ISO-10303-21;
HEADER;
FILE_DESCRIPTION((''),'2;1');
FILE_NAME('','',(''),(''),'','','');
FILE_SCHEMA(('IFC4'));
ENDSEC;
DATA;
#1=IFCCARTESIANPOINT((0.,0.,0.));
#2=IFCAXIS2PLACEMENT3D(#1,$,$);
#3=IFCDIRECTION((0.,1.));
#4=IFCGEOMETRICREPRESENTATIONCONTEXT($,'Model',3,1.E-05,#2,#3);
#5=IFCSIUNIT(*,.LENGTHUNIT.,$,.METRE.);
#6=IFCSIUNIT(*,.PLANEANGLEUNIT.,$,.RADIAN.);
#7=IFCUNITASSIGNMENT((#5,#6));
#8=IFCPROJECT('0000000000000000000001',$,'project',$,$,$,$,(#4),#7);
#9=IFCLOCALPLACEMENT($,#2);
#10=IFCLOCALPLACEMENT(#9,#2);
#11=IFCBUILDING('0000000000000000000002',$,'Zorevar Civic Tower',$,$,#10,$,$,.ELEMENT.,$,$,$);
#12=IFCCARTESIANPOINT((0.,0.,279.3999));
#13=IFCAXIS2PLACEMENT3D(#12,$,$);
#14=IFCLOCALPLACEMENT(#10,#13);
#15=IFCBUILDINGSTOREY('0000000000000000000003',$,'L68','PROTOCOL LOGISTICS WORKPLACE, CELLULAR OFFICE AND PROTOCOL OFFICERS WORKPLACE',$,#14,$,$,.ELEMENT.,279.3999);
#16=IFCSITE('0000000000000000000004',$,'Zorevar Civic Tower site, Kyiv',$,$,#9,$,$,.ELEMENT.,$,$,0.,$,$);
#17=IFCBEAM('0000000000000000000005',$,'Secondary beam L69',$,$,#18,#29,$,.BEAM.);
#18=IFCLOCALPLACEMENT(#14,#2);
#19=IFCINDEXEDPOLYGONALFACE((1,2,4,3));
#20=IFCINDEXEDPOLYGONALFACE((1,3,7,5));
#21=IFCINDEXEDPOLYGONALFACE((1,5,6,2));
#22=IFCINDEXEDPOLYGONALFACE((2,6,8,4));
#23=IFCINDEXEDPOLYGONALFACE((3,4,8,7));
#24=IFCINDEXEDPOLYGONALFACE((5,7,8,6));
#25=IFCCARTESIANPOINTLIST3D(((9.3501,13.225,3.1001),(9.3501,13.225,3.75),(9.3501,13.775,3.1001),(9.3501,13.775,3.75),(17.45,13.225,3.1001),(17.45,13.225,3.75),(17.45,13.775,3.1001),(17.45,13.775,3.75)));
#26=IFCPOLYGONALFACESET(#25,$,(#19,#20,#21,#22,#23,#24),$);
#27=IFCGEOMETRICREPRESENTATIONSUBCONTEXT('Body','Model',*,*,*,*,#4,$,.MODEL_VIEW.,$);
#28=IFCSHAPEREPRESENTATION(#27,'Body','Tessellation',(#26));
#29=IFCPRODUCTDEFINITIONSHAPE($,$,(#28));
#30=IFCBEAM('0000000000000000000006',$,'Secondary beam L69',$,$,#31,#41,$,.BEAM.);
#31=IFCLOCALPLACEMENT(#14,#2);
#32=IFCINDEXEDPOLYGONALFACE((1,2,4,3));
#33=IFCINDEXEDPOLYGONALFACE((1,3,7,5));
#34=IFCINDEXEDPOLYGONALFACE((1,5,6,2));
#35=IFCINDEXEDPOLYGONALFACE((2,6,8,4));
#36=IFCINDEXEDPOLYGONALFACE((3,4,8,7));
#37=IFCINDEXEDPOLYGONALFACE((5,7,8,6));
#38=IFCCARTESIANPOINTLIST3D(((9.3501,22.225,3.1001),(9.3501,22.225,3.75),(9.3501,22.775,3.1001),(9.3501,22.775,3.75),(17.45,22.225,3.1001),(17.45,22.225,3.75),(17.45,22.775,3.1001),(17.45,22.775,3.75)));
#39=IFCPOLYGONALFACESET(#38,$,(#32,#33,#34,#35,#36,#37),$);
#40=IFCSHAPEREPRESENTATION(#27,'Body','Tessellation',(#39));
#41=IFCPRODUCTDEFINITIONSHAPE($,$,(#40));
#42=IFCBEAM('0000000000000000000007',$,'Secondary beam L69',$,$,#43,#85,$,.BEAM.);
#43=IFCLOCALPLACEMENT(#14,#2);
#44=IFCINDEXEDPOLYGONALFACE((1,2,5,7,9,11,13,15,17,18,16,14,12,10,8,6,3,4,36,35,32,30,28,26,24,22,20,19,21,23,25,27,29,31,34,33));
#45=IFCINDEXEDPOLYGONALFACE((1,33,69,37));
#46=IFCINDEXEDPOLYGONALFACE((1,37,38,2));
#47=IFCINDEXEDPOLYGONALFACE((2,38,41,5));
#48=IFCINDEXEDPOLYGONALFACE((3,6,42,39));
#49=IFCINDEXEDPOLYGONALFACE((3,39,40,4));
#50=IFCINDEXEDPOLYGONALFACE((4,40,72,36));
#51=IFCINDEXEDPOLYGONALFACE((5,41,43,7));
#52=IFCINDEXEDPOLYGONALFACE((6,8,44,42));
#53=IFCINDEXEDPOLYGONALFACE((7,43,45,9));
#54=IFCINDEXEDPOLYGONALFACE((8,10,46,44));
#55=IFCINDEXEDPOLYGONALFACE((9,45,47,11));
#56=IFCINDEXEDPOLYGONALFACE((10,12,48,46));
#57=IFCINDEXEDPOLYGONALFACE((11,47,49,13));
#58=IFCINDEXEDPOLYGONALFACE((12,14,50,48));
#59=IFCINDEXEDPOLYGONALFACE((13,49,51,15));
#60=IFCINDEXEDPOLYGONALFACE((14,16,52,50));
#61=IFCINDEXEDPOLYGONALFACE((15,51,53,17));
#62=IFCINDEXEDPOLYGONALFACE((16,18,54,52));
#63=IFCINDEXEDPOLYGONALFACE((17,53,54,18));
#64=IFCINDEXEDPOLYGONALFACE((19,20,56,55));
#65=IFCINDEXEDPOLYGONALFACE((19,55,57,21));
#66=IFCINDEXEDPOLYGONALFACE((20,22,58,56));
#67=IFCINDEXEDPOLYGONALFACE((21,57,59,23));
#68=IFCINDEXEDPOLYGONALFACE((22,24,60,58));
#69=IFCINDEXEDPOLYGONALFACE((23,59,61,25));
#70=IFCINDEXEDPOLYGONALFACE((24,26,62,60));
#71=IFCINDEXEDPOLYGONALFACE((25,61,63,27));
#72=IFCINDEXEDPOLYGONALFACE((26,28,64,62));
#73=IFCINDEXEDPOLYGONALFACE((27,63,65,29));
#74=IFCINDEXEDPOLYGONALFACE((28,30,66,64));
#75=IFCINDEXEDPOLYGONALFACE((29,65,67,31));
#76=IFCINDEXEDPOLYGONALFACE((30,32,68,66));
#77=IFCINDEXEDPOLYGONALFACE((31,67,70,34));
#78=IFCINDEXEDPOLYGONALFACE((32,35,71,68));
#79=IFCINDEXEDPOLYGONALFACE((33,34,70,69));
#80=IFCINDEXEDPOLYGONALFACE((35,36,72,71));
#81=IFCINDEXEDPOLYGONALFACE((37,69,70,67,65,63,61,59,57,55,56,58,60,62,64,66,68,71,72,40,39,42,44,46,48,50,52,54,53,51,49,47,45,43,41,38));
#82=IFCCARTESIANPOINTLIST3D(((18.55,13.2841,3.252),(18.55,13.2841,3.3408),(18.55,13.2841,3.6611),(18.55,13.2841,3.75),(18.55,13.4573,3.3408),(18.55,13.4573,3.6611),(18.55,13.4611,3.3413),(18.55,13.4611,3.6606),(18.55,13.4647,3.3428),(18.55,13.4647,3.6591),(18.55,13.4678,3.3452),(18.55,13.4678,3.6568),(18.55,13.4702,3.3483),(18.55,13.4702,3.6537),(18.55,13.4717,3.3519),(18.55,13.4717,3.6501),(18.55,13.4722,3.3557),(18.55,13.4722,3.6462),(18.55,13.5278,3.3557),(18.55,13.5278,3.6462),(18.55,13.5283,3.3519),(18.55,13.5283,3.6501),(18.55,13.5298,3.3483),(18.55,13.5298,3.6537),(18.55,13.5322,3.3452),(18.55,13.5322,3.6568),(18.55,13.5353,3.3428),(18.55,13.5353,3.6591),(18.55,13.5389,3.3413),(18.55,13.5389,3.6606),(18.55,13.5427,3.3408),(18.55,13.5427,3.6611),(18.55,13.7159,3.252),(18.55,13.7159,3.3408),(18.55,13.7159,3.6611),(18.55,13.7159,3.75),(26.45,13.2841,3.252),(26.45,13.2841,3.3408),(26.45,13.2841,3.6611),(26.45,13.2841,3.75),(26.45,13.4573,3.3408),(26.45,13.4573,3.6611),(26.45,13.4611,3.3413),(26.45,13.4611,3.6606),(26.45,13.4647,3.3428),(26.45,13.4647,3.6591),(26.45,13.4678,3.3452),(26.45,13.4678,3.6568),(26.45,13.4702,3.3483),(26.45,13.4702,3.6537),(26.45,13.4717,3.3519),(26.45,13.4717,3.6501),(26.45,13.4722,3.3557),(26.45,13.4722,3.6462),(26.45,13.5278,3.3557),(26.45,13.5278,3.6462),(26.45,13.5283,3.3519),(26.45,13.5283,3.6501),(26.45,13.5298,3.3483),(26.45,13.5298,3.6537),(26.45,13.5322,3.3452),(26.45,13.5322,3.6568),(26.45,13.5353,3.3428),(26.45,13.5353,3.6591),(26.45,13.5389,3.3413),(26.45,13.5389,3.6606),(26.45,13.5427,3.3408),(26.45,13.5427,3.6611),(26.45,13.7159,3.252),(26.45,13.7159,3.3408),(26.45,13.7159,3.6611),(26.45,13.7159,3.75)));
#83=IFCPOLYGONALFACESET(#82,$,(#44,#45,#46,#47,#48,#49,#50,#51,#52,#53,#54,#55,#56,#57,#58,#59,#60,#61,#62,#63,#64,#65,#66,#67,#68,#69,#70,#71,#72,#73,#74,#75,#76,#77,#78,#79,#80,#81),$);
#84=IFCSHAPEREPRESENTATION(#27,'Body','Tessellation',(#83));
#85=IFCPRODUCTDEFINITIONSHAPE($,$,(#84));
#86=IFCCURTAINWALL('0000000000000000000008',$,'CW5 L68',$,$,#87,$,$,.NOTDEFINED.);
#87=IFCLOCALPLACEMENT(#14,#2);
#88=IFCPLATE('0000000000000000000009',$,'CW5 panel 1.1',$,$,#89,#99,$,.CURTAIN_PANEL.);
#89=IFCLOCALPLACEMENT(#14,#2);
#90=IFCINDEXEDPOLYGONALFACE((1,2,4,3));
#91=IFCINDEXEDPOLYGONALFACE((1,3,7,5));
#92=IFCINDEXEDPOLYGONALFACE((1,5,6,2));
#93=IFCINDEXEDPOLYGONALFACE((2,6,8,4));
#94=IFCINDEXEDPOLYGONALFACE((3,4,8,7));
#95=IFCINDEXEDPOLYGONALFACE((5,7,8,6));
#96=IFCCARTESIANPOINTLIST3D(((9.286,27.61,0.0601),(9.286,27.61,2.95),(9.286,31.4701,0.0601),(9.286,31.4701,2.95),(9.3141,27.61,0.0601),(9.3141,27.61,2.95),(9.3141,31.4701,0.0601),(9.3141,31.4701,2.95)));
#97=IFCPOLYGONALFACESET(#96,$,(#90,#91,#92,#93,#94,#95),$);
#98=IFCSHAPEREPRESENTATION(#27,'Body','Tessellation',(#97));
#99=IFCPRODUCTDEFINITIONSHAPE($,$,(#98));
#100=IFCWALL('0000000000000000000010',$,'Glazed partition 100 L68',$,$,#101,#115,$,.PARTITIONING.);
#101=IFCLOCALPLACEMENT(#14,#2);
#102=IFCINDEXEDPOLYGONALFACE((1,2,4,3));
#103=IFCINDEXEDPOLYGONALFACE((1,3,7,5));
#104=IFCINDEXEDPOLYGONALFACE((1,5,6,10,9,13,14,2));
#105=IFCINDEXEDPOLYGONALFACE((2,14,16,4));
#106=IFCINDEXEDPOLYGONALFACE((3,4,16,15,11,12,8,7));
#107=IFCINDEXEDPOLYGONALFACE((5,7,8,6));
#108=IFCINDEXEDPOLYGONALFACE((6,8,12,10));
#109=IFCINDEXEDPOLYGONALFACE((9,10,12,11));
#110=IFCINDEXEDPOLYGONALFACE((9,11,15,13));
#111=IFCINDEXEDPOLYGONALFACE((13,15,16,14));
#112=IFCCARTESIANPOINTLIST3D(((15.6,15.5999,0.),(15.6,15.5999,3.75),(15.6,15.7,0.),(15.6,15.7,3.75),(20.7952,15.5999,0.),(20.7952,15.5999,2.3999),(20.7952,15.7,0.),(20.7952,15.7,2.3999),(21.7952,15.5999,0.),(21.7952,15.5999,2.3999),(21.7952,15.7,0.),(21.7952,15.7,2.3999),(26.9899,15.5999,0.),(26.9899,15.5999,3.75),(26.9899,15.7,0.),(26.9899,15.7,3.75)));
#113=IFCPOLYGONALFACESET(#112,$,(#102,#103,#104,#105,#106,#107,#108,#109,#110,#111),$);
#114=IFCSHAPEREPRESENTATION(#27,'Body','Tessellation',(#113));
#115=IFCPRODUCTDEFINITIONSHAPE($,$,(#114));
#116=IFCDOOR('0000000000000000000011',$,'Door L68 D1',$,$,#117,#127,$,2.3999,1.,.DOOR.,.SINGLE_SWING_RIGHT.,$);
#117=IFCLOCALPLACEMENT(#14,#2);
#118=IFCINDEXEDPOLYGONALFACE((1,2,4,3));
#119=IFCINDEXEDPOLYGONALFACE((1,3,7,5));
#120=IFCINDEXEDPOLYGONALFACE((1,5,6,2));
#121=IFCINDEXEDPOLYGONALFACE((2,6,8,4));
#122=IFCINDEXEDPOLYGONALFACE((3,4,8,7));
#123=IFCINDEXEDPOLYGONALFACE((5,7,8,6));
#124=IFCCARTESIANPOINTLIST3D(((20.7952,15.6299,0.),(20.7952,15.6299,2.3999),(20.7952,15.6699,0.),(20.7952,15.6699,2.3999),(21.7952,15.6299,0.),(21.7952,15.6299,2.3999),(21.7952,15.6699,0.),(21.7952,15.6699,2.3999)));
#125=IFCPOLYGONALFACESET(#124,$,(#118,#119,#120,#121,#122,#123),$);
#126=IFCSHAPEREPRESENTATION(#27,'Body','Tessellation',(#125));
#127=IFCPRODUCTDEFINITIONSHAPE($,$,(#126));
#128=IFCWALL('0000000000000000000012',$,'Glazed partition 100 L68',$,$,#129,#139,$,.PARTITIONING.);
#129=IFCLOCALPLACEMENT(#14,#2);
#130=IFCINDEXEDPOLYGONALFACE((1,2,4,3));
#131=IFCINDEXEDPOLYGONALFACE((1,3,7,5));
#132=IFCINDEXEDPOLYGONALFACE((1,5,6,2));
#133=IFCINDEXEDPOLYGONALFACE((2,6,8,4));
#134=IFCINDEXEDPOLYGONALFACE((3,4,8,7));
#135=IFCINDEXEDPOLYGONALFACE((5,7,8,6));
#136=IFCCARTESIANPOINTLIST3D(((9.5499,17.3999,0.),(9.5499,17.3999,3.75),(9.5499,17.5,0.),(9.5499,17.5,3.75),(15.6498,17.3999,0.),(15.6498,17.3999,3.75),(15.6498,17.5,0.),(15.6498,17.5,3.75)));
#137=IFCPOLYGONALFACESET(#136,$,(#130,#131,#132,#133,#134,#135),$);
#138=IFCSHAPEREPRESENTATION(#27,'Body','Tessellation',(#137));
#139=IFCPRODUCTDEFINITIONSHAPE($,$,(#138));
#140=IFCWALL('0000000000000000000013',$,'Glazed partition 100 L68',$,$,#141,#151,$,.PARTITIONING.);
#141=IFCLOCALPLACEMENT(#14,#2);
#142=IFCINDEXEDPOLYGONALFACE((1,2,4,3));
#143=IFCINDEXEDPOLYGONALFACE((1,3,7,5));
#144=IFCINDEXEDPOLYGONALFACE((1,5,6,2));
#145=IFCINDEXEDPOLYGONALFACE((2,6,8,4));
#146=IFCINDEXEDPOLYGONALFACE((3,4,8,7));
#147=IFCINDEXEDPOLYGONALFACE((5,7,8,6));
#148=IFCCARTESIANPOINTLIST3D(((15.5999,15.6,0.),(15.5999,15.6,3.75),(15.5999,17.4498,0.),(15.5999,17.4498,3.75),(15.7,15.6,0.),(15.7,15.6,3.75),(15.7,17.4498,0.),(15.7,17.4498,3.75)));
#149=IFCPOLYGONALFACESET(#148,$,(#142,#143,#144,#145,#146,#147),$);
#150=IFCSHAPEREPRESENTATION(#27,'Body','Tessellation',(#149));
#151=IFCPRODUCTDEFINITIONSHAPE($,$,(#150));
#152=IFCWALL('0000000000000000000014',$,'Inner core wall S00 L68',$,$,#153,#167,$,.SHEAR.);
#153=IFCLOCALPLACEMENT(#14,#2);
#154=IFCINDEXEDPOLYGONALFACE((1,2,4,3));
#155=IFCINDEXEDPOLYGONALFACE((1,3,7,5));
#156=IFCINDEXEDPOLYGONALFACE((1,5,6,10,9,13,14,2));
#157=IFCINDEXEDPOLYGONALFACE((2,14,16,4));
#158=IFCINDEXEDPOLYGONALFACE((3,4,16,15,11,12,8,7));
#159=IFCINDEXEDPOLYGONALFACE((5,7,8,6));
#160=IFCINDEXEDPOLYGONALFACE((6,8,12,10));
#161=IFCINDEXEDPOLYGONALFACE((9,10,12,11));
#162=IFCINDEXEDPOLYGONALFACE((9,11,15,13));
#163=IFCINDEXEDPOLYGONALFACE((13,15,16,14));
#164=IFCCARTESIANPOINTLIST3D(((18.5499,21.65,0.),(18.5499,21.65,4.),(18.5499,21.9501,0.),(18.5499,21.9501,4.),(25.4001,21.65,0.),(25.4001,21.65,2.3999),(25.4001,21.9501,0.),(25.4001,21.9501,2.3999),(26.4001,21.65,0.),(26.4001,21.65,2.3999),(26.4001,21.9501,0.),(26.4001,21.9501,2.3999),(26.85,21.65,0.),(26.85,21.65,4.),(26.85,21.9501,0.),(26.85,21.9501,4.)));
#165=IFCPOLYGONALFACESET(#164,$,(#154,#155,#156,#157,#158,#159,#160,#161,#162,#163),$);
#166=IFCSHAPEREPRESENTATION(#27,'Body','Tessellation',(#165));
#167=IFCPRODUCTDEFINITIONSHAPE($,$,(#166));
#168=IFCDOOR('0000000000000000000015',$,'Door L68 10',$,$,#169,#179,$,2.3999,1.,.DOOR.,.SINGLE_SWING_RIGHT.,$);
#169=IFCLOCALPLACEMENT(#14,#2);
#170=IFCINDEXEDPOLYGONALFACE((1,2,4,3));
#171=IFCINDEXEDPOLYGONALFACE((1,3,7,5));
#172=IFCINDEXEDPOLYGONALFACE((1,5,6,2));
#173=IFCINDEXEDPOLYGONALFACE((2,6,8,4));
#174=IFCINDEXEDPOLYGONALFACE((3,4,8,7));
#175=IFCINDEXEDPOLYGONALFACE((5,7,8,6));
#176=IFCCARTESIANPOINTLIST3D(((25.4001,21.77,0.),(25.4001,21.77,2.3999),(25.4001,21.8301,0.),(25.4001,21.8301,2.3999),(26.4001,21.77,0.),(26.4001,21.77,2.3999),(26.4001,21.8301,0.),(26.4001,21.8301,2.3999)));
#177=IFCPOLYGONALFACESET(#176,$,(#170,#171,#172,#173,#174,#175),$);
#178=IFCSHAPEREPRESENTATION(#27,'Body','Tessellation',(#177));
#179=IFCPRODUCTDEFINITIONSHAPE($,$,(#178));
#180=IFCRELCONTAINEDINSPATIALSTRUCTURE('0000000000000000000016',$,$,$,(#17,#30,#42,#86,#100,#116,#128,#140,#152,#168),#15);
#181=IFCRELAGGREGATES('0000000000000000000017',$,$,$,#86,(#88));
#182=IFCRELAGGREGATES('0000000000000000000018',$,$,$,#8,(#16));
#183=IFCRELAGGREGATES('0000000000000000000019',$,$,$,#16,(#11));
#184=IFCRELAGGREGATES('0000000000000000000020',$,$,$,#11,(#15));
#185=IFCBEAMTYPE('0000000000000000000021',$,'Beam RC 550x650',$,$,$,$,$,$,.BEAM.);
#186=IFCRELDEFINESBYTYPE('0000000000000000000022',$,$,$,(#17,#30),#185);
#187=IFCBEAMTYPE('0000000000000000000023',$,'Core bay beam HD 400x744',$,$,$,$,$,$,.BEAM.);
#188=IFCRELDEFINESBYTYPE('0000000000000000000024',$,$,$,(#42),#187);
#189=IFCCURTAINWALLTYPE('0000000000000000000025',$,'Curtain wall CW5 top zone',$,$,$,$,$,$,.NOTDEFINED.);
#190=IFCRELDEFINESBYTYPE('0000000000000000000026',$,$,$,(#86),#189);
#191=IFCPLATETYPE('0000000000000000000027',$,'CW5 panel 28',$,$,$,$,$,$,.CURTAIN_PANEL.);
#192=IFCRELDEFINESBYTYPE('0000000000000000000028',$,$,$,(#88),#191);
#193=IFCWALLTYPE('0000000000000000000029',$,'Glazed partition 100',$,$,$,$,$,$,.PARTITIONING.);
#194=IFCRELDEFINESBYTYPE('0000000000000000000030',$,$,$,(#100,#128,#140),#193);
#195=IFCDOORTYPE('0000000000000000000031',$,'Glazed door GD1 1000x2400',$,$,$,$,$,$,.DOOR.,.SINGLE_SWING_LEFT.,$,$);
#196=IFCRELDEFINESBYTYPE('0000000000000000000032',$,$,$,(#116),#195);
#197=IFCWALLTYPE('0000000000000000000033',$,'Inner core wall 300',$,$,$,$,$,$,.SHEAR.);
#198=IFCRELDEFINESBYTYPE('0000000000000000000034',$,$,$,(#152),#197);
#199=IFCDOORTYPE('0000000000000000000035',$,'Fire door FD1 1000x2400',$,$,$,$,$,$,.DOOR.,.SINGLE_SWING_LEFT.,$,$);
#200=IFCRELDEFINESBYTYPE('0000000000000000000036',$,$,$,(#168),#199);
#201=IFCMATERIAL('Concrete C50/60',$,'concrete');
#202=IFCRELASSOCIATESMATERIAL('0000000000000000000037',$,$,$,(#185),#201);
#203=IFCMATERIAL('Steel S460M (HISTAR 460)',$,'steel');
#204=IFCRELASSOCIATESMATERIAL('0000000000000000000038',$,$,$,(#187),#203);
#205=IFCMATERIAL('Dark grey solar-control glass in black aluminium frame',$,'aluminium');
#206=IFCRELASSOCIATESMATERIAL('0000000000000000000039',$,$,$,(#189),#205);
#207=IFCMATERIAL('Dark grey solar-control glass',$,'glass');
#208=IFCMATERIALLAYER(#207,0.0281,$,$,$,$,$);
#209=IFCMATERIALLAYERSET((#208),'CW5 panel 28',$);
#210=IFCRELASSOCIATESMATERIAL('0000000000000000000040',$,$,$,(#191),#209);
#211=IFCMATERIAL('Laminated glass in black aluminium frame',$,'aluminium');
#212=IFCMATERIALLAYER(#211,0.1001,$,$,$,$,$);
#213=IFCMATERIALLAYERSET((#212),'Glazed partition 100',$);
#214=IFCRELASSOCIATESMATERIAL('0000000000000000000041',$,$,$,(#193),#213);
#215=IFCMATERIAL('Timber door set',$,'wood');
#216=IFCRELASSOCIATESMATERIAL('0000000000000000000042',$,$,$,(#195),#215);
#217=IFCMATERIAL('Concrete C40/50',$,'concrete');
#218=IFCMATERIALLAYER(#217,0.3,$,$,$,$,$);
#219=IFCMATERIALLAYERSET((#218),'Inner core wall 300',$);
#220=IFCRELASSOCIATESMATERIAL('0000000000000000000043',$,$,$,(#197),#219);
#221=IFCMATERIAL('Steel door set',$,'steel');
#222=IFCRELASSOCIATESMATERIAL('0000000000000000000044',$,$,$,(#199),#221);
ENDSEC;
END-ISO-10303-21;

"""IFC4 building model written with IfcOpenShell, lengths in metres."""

from ifc_helpers import new_model, si_unit, direction, frame, frame_2d, origin, origin_2d, place, context, subcontext, project, spatial, rectangle, i_section, extrude, material, layer, layer_set, material_profile, profile_set, type_object, element, fill, aggregate, save


model = new_model("IFC4")

# Units and contexts
model_context = context("Model", 3, precision=1e-05, world=origin(), true_north=direction((0.0, 1.0)))
body_context = subcontext(model_context, "Body", "Model", "MODEL_VIEW")
ifc_project = project(units=[si_unit("LENGTHUNIT", "METRE"), si_unit("PLANEANGLEUNIT", "RADIAN")], contexts=[model_context])

# Site, building, storey
site_placement = place(None, origin())
site = spatial("IfcSite", under=ifc_project, at=site_placement, Name="Zorevar Civic Tower site, Kyiv", CompositionType="ELEMENT", RefElevation=0.0)
building_placement = place(site_placement, origin())
building = spatial("IfcBuilding", under=site, at=building_placement, Name="Zorevar Civic Tower", CompositionType="ELEMENT")
storey_placement = place(building_placement, frame((0.0, 0.0, 279.3999)))
storey = spatial("IfcBuildingStorey", under=building, at=storey_placement, Name="L68", Description="PROTOCOL LOGISTICS WORKPLACE, CELLULAR OFFICE AND PROTOCOL OFFICERS WORKPLACE", CompositionType="ELEMENT", Elevation=279.3999)

# Beams
ifc_material_1 = material(Name="Concrete C50/60", Category="concrete")
ifc_material_profile_1 = material_profile(ifc_material_1, rectangle(XDim=0.55, YDim=0.6499, at=origin_2d()), Name="RC 550x650")
ifc_profile_set_1 = profile_set([ifc_material_profile_1], Name="Concrete C50/60")
beam_type_1 = type_object("IfcBeamType", Name="Beam RC 550x650", PredefinedType="BEAM", material=ifc_profile_set_1)
for number, where, z_axis, x_axis, name in (
    (1, (9.3501, 13.5, 3.425), (1.0, 0.0, 0.0), (0.0, 1.0, 0.0), "Secondary beam L69"),
    (2, (9.3501, 22.5, 3.425), (1.0, 0.0, 0.0), (0.0, 1.0, 0.0), "Secondary beam L69"),
):
    element("IfcBeam", number, at=place(storey_placement, frame(where, z_axis=z_axis, x_axis=x_axis)), inside=storey, type_object=beam_type_1, Name=name, PredefinedType="BEAM", context=body_context, shape_type="SweptSolid", body=[
        extrude(rectangle(XDim=0.55, YDim=0.6499, at=origin_2d()), origin(), (0.0, 0.0, 1.0), 8.0999),
    ])
ifc_material_2 = material(Name="Steel S460M (HISTAR 460)", Category="steel")
ifc_material_profile_2 = material_profile(ifc_material_2, i_section(OverallWidth=0.4319, OverallDepth=0.498, WebThickness=0.0557, FlangeThickness=0.0889, FilletRadius=0.0149, at=origin_2d()), Name="HD 400x744")
ifc_profile_set_2 = profile_set([ifc_material_profile_2], Name="Steel S460M (HISTAR 460)")
beam_type_2 = type_object("IfcBeamType", Name="Core bay beam HD 400x744", PredefinedType="BEAM", material=ifc_profile_set_2)
beam_placement = place(storey_placement, frame((18.55, 13.5, 3.501), z_axis=(1.0, 0.0, 0.0), x_axis=(0.0, 1.0, 0.0)))
element("IfcBeam", 3, at=beam_placement, inside=storey, type_object=beam_type_2, Name="Secondary beam L69", PredefinedType="BEAM", context=body_context, shape_type="SweptSolid", body=[
    extrude(i_section(OverallWidth=0.4319, OverallDepth=0.498, WebThickness=0.0557, FlangeThickness=0.0889, FilletRadius=0.0149, at=origin_2d()), origin(), (0.0, 0.0, 1.0), 7.8999),
])

# Curtain wall, plate
ifc_material_3 = material(Name="Dark grey solar-control glass in black aluminium frame", Category="aluminium")
curtain_wall_type = type_object("IfcCurtainWallType", Name="Curtain wall CW5 top zone", PredefinedType="NOTDEFINED", material=ifc_material_3)
curtain_wall_placement = place(storey_placement, origin())
curtain_wall = element("IfcCurtainWall", 4, at=curtain_wall_placement, inside=storey, type_object=curtain_wall_type, Name="CW5 L68", PredefinedType="NOTDEFINED")
ifc_material_4 = material(Name="Dark grey solar-control glass", Category="glass")
ifc_layer_1 = layer(ifc_material_4, 0.0281)
ifc_layer_set_1 = layer_set([ifc_layer_1], Name="CW5 panel 28")
plate_type = type_object("IfcPlateType", Name="CW5 panel 28", PredefinedType="CURTAIN_PANEL", material=ifc_layer_set_1)
plate_placement = place(storey_placement, frame((9.3, 29.54, 0.0601), z_axis=(0.0, 0.0, 1.0), x_axis=(0.0, 1.0, 0.0)))
plate = element("IfcPlate", 5, at=plate_placement, type_object=plate_type, Name="CW5 panel 1.1", PredefinedType="CURTAIN_PANEL", context=body_context, shape_type="SweptSolid", body=[
    extrude(rectangle(XDim=3.8601, YDim=0.0281, at=origin_2d()), origin(), (0.0, 0.0, 1.0), 2.8899),
])
aggregate(curtain_wall, [plate])

# Wall, opening, door
ifc_material_5 = material(Name="Laminated glass in black aluminium frame", Category="aluminium")
ifc_layer_2 = layer(ifc_material_5, 0.1001)
ifc_layer_set_2 = layer_set([ifc_layer_2], Name="Glazed partition 100")
wall_type_1 = type_object("IfcWallType", Name="Glazed partition 100", PredefinedType="PARTITIONING", material=ifc_layer_set_2)
wall_1_placement = place(storey_placement, frame((15.6001, 15.6499, 0.0), z_axis=(0.0, 0.0, 1.0), x_axis=(1.0, 0.0, 0.0)))
wall_1 = element("IfcWall", 6, at=wall_1_placement, inside=storey, type_object=wall_type_1, Name="Glazed partition 100 L68", PredefinedType="PARTITIONING", context=body_context, shape_type="SweptSolid", body=[
    extrude(rectangle(XDim=11.3899, YDim=0.1001, at=frame_2d((5.6948, 0.0))), origin(), (0.0, 0.0, 1.0), 3.75),
])
opening_1_placement = place(wall_1_placement, frame((5.1951, 0.0, 0.0)))
opening_1 = element("IfcOpeningElement", 7, at=opening_1_placement, cuts=wall_1, PredefinedType="OPENING", context=body_context, shape_type="SweptSolid", body=[
    extrude(rectangle(XDim=1.0, YDim=2.3999, at=frame_2d((0.5, 1.2))), frame((0.0, 0.0601, 0.0), z_axis=(0.0, -1.0, 0.0), x_axis=(1.0, 0.0, 0.0)), (0.0, 0.0, 1.0), 0.1201),
])
ifc_material_6 = material(Name="Timber door set", Category="wood")
door_type_1 = type_object("IfcDoorType", Name="Glazed door GD1 1000x2400", OperationType="SINGLE_SWING_LEFT", PredefinedType="DOOR", material=ifc_material_6)
door_1_placement = place(opening_1_placement, origin())
door_1 = element("IfcDoor", 8, at=door_1_placement, inside=storey, type_object=door_type_1, Name="Door L68 D1", OperationType="SINGLE_SWING_RIGHT", OverallHeight=2.3999, OverallWidth=1.0, PredefinedType="DOOR", context=body_context, shape_type="SweptSolid", body=[
    extrude(rectangle(XDim=1.0, YDim=2.3999, at=frame_2d((0.5, 1.2))), frame((0.0, 0.02, 0.0), z_axis=(0.0, -1.0, 0.0), x_axis=(1.0, 0.0, 0.0)), (0.0, 0.0, 1.0), 0.04),
])
fill(opening_1, door_1)

# Walls
wall_2_placement = place(storey_placement, frame((9.55, 17.45, 0.0), z_axis=(0.0, 0.0, 1.0), x_axis=(1.0, 0.0, 0.0)))
element("IfcWall", 9, at=wall_2_placement, inside=storey, type_object=wall_type_1, Name="Glazed partition 100 L68", PredefinedType="PARTITIONING", context=body_context, shape_type="SweptSolid", body=[
    extrude(rectangle(XDim=6.0999, YDim=0.1001, at=frame_2d((3.0498, 0.0))), origin(), (0.0, 0.0, 1.0), 3.75),
])
wall_3_placement = place(storey_placement, frame((15.6499, 15.6001, 0.0), z_axis=(0.0, 0.0, 1.0), x_axis=(0.0, 1.0, 0.0)))
element("IfcWall", 10, at=wall_3_placement, inside=storey, type_object=wall_type_1, Name="Glazed partition 100 L68", PredefinedType="PARTITIONING", context=body_context, shape_type="SweptSolid", body=[
    extrude(rectangle(XDim=1.8499, YDim=0.1001, at=frame_2d((0.9248, 0.0))), origin(), (0.0, 0.0, 1.0), 3.75),
])

# Wall, opening, door
ifc_material_7 = material(Name="Concrete C40/50", Category="concrete")
ifc_layer_3 = layer(ifc_material_7, 0.3)
ifc_layer_set_3 = layer_set([ifc_layer_3], Name="Inner core wall 300")
wall_type_2 = type_object("IfcWallType", Name="Inner core wall 300", PredefinedType="SHEAR", material=ifc_layer_set_3)
wall_4_placement = place(storey_placement, frame((18.55, 21.8, 0.0), z_axis=(0.0, 0.0, 1.0), x_axis=(1.0, 0.0, 0.0)))
wall_4 = element("IfcWall", 11, at=wall_4_placement, inside=storey, type_object=wall_type_2, Name="Inner core wall S00 L68", PredefinedType="SHEAR", context=body_context, shape_type="SweptSolid", body=[
    extrude(rectangle(XDim=8.3, YDim=0.3, at=frame_2d((4.1499, 0.0))), origin(), (0.0, 0.0, 1.0), 4.0),
])
opening_2_placement = place(wall_4_placement, frame((6.8501, 0.0, 0.0)))
opening_2 = element("IfcOpeningElement", 12, at=opening_2_placement, cuts=wall_4, PredefinedType="OPENING", context=body_context, shape_type="SweptSolid", body=[
    extrude(rectangle(XDim=1.0, YDim=2.3999, at=frame_2d((0.5, 1.2))), frame((0.0, 0.1599, 0.0), z_axis=(0.0, -1.0, 0.0), x_axis=(1.0, 0.0, 0.0)), (0.0, 0.0, 1.0), 0.3201),
])
ifc_material_8 = material(Name="Steel door set", Category="steel")
door_type_2 = type_object("IfcDoorType", Name="Fire door FD1 1000x2400", OperationType="SINGLE_SWING_LEFT", PredefinedType="DOOR", material=ifc_material_8)
door_2_placement = place(opening_2_placement, origin())
door_2 = element("IfcDoor", 13, at=door_2_placement, inside=storey, type_object=door_type_2, Name="Door L68 10", OperationType="SINGLE_SWING_RIGHT", OverallHeight=2.3999, OverallWidth=1.0, PredefinedType="DOOR", context=body_context, shape_type="SweptSolid", body=[
    extrude(rectangle(XDim=1.0, YDim=2.3999, at=frame_2d((0.5, 1.2))), frame((0.0, 0.03, 0.0), z_axis=(0.0, -1.0, 0.0), x_axis=(1.0, 0.0, 0.0)), (0.0, 0.0, 1.0), 0.0601),
])
fill(opening_2, door_2)

save(model, "model.ifc")
